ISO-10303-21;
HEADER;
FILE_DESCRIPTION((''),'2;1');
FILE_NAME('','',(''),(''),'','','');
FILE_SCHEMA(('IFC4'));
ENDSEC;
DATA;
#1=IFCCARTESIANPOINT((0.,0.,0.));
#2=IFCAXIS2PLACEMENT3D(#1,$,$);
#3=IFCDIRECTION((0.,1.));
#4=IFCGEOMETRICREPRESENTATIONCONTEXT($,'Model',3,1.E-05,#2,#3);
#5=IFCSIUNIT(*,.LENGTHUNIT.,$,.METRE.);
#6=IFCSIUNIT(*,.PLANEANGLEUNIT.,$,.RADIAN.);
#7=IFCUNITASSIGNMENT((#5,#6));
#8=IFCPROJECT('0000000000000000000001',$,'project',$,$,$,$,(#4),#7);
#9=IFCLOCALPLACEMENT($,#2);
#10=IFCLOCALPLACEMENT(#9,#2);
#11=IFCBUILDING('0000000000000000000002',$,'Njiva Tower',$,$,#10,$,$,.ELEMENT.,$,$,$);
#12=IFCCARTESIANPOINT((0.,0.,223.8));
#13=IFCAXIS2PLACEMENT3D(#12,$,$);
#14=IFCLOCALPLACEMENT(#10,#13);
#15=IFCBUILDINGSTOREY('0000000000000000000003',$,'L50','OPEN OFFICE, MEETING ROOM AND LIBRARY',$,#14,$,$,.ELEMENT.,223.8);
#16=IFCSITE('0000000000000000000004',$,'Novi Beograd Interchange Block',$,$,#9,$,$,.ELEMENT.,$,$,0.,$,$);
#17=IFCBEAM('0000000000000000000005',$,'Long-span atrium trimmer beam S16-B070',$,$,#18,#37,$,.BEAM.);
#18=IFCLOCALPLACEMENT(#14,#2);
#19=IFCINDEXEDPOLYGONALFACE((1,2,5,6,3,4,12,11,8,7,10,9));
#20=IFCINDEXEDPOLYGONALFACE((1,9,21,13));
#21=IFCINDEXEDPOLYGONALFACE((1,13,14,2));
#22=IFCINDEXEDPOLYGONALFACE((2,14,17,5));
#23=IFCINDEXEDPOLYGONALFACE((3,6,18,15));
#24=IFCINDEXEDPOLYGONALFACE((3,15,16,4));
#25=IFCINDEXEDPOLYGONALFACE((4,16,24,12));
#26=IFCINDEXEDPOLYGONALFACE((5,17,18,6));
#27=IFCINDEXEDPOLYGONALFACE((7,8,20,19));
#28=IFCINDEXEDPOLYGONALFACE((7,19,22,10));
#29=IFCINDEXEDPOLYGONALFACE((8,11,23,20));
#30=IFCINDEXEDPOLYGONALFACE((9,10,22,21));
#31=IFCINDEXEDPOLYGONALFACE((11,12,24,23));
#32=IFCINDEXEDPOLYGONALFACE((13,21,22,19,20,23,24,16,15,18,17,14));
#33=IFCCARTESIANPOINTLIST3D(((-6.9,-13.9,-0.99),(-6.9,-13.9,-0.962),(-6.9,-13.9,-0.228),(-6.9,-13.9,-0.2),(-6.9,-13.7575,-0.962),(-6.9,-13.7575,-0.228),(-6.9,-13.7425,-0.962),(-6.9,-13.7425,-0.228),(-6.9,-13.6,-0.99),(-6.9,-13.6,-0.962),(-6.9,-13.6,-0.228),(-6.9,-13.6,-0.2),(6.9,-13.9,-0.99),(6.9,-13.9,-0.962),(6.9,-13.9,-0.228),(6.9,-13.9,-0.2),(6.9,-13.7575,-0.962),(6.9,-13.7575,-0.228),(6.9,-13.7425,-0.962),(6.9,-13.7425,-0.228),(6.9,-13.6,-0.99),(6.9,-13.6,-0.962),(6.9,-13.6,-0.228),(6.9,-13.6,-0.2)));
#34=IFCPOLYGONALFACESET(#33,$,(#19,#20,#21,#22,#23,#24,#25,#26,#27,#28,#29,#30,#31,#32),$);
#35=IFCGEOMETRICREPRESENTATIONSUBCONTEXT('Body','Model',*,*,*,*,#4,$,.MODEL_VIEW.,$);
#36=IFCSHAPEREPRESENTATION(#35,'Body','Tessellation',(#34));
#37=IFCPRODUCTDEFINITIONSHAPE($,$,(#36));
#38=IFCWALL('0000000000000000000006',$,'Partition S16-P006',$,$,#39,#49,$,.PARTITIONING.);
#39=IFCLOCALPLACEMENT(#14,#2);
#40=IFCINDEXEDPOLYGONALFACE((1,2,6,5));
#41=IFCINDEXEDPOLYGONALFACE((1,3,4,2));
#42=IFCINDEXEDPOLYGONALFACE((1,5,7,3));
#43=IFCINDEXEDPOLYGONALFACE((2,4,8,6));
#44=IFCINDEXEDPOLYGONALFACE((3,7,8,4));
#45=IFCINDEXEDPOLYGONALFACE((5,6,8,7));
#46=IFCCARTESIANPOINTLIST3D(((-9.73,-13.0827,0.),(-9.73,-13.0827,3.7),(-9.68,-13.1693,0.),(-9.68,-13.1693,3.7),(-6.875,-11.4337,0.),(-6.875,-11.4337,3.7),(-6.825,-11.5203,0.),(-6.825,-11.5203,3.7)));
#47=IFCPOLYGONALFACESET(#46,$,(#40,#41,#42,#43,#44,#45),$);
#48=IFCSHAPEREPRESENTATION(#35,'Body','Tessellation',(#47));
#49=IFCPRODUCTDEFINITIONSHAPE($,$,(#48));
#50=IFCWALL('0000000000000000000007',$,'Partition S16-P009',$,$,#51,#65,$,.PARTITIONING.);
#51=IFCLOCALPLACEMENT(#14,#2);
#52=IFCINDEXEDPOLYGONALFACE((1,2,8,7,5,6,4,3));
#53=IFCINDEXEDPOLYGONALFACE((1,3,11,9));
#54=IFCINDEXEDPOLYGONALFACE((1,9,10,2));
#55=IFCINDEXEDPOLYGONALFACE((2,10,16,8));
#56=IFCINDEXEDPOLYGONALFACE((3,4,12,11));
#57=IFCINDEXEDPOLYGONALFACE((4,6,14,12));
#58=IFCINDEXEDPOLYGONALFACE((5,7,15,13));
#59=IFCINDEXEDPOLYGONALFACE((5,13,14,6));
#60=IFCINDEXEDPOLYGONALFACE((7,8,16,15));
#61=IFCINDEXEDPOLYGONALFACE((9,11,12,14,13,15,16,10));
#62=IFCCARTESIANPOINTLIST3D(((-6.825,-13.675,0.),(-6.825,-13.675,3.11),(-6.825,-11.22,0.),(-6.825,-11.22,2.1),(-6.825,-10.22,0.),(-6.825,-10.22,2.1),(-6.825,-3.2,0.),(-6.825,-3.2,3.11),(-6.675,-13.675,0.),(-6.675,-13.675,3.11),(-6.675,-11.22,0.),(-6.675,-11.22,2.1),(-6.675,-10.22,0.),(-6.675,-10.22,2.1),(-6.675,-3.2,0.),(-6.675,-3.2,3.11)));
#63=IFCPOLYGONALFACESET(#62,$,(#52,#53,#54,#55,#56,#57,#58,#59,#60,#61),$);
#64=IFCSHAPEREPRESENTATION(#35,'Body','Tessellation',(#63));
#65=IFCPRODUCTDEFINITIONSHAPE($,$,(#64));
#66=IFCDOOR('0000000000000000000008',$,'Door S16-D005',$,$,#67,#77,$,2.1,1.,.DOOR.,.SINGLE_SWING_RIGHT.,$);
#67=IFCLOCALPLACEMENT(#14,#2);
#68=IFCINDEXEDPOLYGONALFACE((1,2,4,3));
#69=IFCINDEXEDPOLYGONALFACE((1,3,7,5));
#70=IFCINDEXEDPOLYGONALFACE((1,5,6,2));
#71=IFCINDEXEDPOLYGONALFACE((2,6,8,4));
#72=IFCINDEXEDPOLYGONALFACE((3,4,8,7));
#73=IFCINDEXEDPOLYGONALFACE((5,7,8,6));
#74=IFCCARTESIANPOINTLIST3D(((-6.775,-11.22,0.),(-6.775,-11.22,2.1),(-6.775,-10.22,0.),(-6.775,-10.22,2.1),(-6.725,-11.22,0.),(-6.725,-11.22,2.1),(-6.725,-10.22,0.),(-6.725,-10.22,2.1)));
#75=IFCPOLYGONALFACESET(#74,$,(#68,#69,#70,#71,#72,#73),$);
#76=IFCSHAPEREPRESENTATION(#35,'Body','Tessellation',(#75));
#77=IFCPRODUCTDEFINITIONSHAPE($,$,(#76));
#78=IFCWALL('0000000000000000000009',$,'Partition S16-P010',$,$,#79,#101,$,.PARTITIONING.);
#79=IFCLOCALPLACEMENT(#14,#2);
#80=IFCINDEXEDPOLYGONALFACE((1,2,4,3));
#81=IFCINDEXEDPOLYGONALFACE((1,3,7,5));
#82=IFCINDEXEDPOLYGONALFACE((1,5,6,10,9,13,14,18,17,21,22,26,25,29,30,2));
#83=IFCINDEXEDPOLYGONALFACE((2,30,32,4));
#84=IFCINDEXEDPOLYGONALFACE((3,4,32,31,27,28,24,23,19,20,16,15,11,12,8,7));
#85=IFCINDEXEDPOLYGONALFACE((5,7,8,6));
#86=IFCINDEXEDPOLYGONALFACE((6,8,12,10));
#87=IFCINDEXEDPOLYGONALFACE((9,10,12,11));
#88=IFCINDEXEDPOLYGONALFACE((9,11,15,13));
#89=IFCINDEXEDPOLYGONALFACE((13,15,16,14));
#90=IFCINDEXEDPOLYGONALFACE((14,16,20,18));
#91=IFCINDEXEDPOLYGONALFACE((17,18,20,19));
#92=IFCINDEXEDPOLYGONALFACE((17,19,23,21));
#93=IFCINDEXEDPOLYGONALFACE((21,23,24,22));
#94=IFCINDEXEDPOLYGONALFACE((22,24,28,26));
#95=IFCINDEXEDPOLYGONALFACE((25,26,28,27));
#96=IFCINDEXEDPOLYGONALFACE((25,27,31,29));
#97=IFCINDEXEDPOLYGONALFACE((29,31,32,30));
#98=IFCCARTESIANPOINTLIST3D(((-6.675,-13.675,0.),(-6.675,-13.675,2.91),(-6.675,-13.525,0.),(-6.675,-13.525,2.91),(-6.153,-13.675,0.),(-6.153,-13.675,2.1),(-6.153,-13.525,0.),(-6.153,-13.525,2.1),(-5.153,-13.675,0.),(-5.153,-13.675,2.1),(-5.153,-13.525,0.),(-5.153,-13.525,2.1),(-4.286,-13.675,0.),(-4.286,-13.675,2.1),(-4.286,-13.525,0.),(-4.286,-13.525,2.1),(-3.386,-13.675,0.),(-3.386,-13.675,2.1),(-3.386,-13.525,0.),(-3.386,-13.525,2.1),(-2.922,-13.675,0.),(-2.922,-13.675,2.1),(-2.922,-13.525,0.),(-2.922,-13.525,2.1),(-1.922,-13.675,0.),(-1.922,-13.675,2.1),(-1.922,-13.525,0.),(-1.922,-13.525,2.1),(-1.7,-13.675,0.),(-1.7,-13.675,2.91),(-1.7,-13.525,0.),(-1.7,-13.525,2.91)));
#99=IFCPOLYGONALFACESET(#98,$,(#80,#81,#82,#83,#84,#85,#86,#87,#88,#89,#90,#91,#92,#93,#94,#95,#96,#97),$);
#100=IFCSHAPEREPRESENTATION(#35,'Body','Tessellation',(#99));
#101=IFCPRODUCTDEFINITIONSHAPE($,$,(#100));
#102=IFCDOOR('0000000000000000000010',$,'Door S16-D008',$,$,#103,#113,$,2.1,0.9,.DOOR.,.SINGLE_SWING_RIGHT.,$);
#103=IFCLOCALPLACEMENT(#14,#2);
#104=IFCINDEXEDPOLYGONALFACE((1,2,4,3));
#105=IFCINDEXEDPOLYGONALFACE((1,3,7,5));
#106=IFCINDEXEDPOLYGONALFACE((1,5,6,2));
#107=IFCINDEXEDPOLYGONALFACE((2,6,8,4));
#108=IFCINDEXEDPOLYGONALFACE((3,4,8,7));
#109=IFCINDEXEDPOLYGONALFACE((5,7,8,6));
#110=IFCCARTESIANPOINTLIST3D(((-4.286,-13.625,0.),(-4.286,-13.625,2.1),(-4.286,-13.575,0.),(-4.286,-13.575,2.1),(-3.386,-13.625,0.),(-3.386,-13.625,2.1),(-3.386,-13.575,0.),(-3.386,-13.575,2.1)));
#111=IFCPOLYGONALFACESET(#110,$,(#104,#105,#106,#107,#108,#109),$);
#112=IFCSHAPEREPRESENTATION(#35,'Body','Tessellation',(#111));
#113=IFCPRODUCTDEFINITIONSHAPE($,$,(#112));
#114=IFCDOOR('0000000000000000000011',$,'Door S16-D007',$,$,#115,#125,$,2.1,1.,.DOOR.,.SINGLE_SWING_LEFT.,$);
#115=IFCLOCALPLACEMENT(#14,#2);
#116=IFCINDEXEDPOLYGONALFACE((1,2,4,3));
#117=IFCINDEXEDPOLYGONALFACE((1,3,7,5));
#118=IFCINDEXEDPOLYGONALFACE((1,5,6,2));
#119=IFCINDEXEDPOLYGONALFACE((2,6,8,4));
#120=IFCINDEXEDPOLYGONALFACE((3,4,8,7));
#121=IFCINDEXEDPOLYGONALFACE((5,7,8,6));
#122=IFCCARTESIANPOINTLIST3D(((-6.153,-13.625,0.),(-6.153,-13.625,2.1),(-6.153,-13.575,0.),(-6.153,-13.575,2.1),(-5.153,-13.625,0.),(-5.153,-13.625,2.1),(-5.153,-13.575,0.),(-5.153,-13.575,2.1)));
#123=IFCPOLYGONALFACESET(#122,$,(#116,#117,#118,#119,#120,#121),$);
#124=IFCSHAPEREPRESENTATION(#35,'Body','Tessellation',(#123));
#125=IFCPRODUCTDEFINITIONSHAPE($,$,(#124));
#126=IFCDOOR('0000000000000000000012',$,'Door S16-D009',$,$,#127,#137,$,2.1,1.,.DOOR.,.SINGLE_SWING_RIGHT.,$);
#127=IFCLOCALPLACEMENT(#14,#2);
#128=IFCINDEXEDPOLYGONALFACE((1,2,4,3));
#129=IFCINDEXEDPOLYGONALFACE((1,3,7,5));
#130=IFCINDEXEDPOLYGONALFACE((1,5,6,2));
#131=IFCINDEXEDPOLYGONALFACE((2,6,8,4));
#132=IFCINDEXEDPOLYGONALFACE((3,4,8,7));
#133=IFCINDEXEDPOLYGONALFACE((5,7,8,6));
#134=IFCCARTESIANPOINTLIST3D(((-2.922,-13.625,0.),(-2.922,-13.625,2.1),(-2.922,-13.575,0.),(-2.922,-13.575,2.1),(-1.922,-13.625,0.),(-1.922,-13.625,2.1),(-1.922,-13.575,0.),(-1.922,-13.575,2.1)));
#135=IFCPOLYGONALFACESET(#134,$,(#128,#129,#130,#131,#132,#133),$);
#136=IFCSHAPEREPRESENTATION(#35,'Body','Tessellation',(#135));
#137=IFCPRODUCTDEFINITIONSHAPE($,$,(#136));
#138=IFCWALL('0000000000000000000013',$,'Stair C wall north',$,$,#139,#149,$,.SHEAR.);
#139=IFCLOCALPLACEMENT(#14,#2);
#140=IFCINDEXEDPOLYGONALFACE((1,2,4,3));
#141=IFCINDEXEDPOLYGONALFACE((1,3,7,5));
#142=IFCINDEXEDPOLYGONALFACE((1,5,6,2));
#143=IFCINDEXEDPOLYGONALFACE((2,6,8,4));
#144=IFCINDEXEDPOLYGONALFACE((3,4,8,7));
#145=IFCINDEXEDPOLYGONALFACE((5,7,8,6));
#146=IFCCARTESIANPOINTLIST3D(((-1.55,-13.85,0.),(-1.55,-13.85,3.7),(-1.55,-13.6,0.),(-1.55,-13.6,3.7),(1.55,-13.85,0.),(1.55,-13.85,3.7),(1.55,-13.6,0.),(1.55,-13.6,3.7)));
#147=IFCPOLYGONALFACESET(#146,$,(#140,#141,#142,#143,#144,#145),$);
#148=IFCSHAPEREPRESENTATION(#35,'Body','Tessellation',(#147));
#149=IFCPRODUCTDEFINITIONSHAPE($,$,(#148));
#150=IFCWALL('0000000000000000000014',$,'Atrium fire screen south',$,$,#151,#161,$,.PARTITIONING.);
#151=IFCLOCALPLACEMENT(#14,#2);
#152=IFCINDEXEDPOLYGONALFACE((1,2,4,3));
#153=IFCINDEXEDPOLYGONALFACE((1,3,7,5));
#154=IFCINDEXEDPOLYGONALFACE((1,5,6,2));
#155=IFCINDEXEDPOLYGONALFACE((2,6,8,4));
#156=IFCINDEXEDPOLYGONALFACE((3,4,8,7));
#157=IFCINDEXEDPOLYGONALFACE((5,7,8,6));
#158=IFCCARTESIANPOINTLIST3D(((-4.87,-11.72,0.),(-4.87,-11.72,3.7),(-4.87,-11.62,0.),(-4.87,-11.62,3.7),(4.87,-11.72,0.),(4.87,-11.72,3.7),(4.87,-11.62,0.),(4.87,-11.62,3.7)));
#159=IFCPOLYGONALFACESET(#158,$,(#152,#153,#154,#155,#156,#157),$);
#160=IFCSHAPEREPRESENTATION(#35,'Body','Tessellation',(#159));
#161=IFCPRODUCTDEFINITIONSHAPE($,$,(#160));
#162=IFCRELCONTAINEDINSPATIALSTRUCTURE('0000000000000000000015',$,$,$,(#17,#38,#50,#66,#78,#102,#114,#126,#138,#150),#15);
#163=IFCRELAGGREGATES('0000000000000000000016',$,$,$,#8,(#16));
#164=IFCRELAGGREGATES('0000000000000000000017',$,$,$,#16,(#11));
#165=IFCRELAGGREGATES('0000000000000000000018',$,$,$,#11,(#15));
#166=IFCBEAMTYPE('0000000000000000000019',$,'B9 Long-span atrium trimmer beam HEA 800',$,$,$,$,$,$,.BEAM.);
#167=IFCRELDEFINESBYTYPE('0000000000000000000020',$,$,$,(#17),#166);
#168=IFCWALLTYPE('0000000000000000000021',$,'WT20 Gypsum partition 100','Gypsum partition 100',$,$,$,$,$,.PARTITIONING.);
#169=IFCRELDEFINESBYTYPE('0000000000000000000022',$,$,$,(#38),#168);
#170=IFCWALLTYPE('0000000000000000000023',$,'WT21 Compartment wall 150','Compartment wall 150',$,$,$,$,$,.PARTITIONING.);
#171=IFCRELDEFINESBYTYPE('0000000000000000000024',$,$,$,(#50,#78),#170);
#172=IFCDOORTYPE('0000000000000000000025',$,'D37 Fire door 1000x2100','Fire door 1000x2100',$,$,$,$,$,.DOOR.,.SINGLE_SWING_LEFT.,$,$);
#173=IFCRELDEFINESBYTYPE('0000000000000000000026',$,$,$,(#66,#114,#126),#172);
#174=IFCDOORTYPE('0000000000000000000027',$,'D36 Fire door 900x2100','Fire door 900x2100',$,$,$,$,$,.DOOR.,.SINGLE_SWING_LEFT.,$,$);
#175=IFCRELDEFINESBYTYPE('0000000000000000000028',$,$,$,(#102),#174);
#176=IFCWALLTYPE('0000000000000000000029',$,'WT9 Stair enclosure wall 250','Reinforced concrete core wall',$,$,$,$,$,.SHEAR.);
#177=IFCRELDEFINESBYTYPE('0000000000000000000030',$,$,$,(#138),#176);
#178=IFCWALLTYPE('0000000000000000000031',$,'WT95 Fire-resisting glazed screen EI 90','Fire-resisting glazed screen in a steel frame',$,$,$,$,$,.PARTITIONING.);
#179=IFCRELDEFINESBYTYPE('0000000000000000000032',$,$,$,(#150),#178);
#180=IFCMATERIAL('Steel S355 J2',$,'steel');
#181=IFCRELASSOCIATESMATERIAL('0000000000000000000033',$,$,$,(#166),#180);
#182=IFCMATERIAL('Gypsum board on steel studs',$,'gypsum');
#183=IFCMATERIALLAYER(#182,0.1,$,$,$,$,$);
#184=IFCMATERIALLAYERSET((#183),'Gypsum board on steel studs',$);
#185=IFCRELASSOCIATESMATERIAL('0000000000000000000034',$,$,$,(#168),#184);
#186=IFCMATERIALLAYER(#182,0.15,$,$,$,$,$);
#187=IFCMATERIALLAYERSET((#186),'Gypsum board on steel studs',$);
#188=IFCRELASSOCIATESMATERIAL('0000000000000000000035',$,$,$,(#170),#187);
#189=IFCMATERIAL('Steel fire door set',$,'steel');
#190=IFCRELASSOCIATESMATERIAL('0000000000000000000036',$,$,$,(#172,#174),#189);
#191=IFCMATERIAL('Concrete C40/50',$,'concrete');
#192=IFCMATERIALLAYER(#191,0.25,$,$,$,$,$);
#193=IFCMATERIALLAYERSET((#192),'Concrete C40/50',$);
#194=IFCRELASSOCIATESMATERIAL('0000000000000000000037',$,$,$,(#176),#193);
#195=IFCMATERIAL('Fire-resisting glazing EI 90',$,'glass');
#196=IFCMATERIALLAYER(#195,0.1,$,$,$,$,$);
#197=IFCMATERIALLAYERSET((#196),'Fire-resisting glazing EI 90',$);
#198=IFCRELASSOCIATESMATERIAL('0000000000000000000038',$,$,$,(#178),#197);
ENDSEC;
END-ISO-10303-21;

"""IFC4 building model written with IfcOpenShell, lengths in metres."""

from ifc_helpers import new_model, si_unit, direction, frame, frame_2d, origin, origin_2d, place, context, subcontext, project, spatial, rectangle, i_section, extrude, material, layer, layer_set, material_profile, profile_set, type_object, element, fill, save


model = new_model("IFC4")

# Units and contexts
model_context = context("Model", 3, precision=1e-05, world=origin(), true_north=direction((0.0, 1.0)))
body_context = subcontext(model_context, "Body", "Model", "MODEL_VIEW")
ifc_project = project(units=[si_unit("LENGTHUNIT", "METRE"), si_unit("PLANEANGLEUNIT", "RADIAN")], contexts=[model_context])

# Site, building, storey
site_placement = place(None, origin())
site = spatial("IfcSite", under=ifc_project, at=site_placement, Name="Novi Beograd Interchange Block", CompositionType="ELEMENT", RefElevation=0.0)
building_placement = place(site_placement, origin())
building = spatial("IfcBuilding", under=site, at=building_placement, Name="Njiva Tower", CompositionType="ELEMENT")
storey_placement = place(building_placement, frame((0.0, 0.0, 223.8)))
storey = spatial("IfcBuildingStorey", under=building, at=storey_placement, Name="L50", Description="OPEN OFFICE, MEETING ROOM AND LIBRARY", CompositionType="ELEMENT", Elevation=223.8)

# Shared definitions
ifc_material_1 = material(Name="Steel S355 J2", Category="steel")

# Beam
ifc_material_profile_1 = material_profile(ifc_material_1, i_section(OverallWidth=0.3, OverallDepth=0.79, WebThickness=0.015, FlangeThickness=0.028, at=origin_2d()), Name="HEA 800")
ifc_profile_set_1 = profile_set([ifc_material_profile_1], Name="Steel S355 J2")
beam_type_1 = type_object("IfcBeamType", Name="B9 Long-span atrium trimmer beam HEA 800", PredefinedType="BEAM", material=ifc_profile_set_1)
beam_1_placement = place(storey_placement, frame((-6.9, -13.75, -0.595), z_axis=(1.0, 0.0, 0.0), x_axis=(0.0, 1.0, 0.0)))
element("IfcBeam", 1, at=beam_1_placement, inside=storey, type_object=beam_type_1, Name="Long-span atrium trimmer beam S16-B070", PredefinedType="BEAM", context=body_context, shape_type="SweptSolid", body=[
    extrude(i_section(OverallWidth=0.3, OverallDepth=0.79, WebThickness=0.015, FlangeThickness=0.028, at=origin_2d()), origin(), (0.0, 0.0, 1.0), 13.8),
])

# Wall
ifc_material_2 = material(Name="Gypsum board on steel studs", Category="gypsum")
ifc_layer_1 = layer(ifc_material_2, 0.1)
ifc_layer_set_1 = layer_set([ifc_layer_1], Name="Gypsum board on steel studs")
wall_type_1 = type_object("IfcWallType", Name="WT20 Gypsum partition 100", Description="Gypsum partition 100", PredefinedType="PARTITIONING", material=ifc_layer_set_1)
wall_1_placement = place(storey_placement, frame((-9.705, -13.126, 0.0), z_axis=(0.0, 0.0, 1.0), x_axis=(0.865938, 0.500151, 0.0)))
element("IfcWall", 2, at=wall_1_placement, inside=storey, type_object=wall_type_1, Name="Partition S16-P006", PredefinedType="PARTITIONING", context=body_context, shape_type="SweptSolid", body=[
    extrude(rectangle(XDim=3.297, YDim=0.1, at=frame_2d((1.6485, 0.0))), origin(), (0.0, 0.0, 1.0), 3.7),
])

# Wall, opening, door
ifc_layer_2 = layer(ifc_material_2, 0.15)
ifc_layer_set_2 = layer_set([ifc_layer_2], Name="Gypsum board on steel studs")
wall_type_2 = type_object("IfcWallType", Name="WT21 Compartment wall 150", Description="Compartment wall 150", PredefinedType="PARTITIONING", material=ifc_layer_set_2)
wall_2_placement = place(storey_placement, frame((-6.75, -13.675, 0.0), z_axis=(0.0, 0.0, 1.0), x_axis=(0.0, 1.0, 0.0)))
wall_2 = element("IfcWall", 3, at=wall_2_placement, inside=storey, type_object=wall_type_2, Name="Partition S16-P009", PredefinedType="PARTITIONING", context=body_context, shape_type="SweptSolid", body=[
    extrude(rectangle(XDim=10.475, YDim=0.15, at=frame_2d((5.2375, 0.0))), origin(), (0.0, 0.0, 1.0), 3.11),
])
opening_1_placement = place(wall_2_placement, frame((2.455, 0.0, 0.0)))
opening_1 = element("IfcOpeningElement", 4, at=opening_1_placement, cuts=wall_2, PredefinedType="OPENING", context=body_context, shape_type="SweptSolid", body=[
    extrude(rectangle(XDim=1.0, YDim=2.1, at=frame_2d((0.5, 1.05))), frame((0.0, 0.085, 0.0), z_axis=(0.0, -1.0, 0.0), x_axis=(1.0, 0.0, 0.0)), (0.0, 0.0, 1.0), 0.17),
])
ifc_material_3 = material(Name="Steel fire door set", Category="steel")
door_type_1 = type_object("IfcDoorType", Name="D37 Fire door 1000x2100", Description="Fire door 1000x2100", OperationType="SINGLE_SWING_LEFT", PredefinedType="DOOR", material=ifc_material_3)
door_1_placement = place(opening_1_placement, origin())
door_1 = element("IfcDoor", 5, at=door_1_placement, inside=storey, type_object=door_type_1, Name="Door S16-D005", OperationType="SINGLE_SWING_RIGHT", OverallHeight=2.1, OverallWidth=1.0, PredefinedType="DOOR", context=body_context, shape_type="SweptSolid", body=[
    extrude(rectangle(XDim=1.0, YDim=2.1, at=frame_2d((0.5, 1.05))), frame((0.0, 0.025, 0.0), z_axis=(0.0, -1.0, 0.0), x_axis=(1.0, 0.0, 0.0)), (0.0, 0.0, 1.0), 0.05),
])
fill(opening_1, door_1)

# Wall, openings, doors
wall_3_placement = place(storey_placement, frame((-6.675, -13.6, 0.0), z_axis=(0.0, 0.0, 1.0), x_axis=(1.0, 0.0, 0.0)))
wall_3 = element("IfcWall", 6, at=wall_3_placement, inside=storey, type_object=wall_type_2, Name="Partition S16-P010", PredefinedType="PARTITIONING", context=body_context, shape_type="SweptSolid", body=[
    extrude(rectangle(XDim=4.975, YDim=0.15, at=frame_2d((2.4875, 0.0))), origin(), (0.0, 0.0, 1.0), 2.91),
])
opening_2_placement = place(wall_3_placement, frame((0.522, 0.0, 0.0)))
opening_2 = element("IfcOpeningElement", 7, at=opening_2_placement, cuts=wall_3, PredefinedType="OPENING", context=body_context, shape_type="SweptSolid", body=[
    extrude(rectangle(XDim=1.0, YDim=2.1, at=frame_2d((0.5, 1.05))), frame((0.0, 0.085, 0.0), z_axis=(0.0, -1.0, 0.0), x_axis=(1.0, 0.0, 0.0)), (0.0, 0.0, 1.0), 0.17),
])
opening_3_placement = place(wall_3_placement, frame((2.389, 0.0, 0.0)))
opening_3 = element("IfcOpeningElement", 8, at=opening_3_placement, cuts=wall_3, PredefinedType="OPENING", context=body_context, shape_type="SweptSolid", body=[
    extrude(rectangle(XDim=0.9, YDim=2.1, at=frame_2d((0.45, 1.05))), frame((0.0, 0.085, 0.0), z_axis=(0.0, -1.0, 0.0), x_axis=(1.0, 0.0, 0.0)), (0.0, 0.0, 1.0), 0.17),
])
opening_4_placement = place(wall_3_placement, frame((3.753, 0.0, 0.0)))
opening_4 = element("IfcOpeningElement", 9, at=opening_4_placement, cuts=wall_3, PredefinedType="OPENING", context=body_context, shape_type="SweptSolid", body=[
    extrude(rectangle(XDim=1.0, YDim=2.1, at=frame_2d((0.5, 1.05))), frame((0.0, 0.085, 0.0), z_axis=(0.0, -1.0, 0.0), x_axis=(1.0, 0.0, 0.0)), (0.0, 0.0, 1.0), 0.17),
])
door_type_2 = type_object("IfcDoorType", Name="D36 Fire door 900x2100", Description="Fire door 900x2100", OperationType="SINGLE_SWING_LEFT", PredefinedType="DOOR", material=ifc_material_3)
door_2_placement = place(opening_3_placement, origin())
door_2 = element("IfcDoor", 10, at=door_2_placement, inside=storey, type_object=door_type_2, Name="Door S16-D008", OperationType="SINGLE_SWING_RIGHT", OverallHeight=2.1, OverallWidth=0.9, PredefinedType="DOOR", context=body_context, shape_type="SweptSolid", body=[
    extrude(rectangle(XDim=0.9, YDim=2.1, at=frame_2d((0.45, 1.05))), frame((0.0, 0.025, 0.0), z_axis=(0.0, -1.0, 0.0), x_axis=(1.0, 0.0, 0.0)), (0.0, 0.0, 1.0), 0.05),
])
fill(opening_3, door_2)
door_3_placement = place(opening_2_placement, origin())
door_3 = element("IfcDoor", 11, at=door_3_placement, inside=storey, type_object=door_type_1, Name="Door S16-D007", OperationType="SINGLE_SWING_LEFT", OverallHeight=2.1, OverallWidth=1.0, PredefinedType="DOOR", context=body_context, shape_type="SweptSolid", body=[
    extrude(rectangle(XDim=1.0, YDim=2.1, at=frame_2d((0.5, 1.05))), frame((0.0, 0.025, 0.0), z_axis=(0.0, -1.0, 0.0), x_axis=(1.0, 0.0, 0.0)), (0.0, 0.0, 1.0), 0.05),
])
fill(opening_2, door_3)
door_4_placement = place(opening_4_placement, origin())
door_4 = element("IfcDoor", 12, at=door_4_placement, inside=storey, type_object=door_type_1, Name="Door S16-D009", OperationType="SINGLE_SWING_RIGHT", OverallHeight=2.1, OverallWidth=1.0, PredefinedType="DOOR", context=body_context, shape_type="SweptSolid", body=[
    extrude(rectangle(XDim=1.0, YDim=2.1, at=frame_2d((0.5, 1.05))), frame((0.0, 0.025, 0.0), z_axis=(0.0, -1.0, 0.0), x_axis=(1.0, 0.0, 0.0)), (0.0, 0.0, 1.0), 0.05),
])
fill(opening_4, door_4)

# Walls
ifc_material_4 = material(Name="Concrete C40/50", Category="concrete")
ifc_layer_3 = layer(ifc_material_4, 0.25)
ifc_layer_set_3 = layer_set([ifc_layer_3], Name="Concrete C40/50")
wall_type_3 = type_object("IfcWallType", Name="WT9 Stair enclosure wall 250", Description="Reinforced concrete core wall", PredefinedType="SHEAR", material=ifc_layer_set_3)
wall_4_placement = place(storey_placement, frame((-1.55, -13.725, 0.0), z_axis=(0.0, 0.0, 1.0), x_axis=(1.0, 0.0, 0.0)))
element("IfcWall", 13, at=wall_4_placement, inside=storey, type_object=wall_type_3, Name="Stair C wall north", PredefinedType="SHEAR", context=body_context, shape_type="SweptSolid", body=[
    extrude(rectangle(XDim=3.1, YDim=0.25, at=frame_2d((1.55, 0.0))), origin(), (0.0, 0.0, 1.0), 3.7),
])
ifc_material_5 = material(Name="Fire-resisting glazing EI 90", Category="glass")
ifc_layer_4 = layer(ifc_material_5, 0.1)
ifc_layer_set_4 = layer_set([ifc_layer_4], Name="Fire-resisting glazing EI 90")
wall_type_4 = type_object("IfcWallType", Name="WT95 Fire-resisting glazed screen EI 90", Description="Fire-resisting glazed screen in a steel frame", PredefinedType="PARTITIONING", material=ifc_layer_set_4)
wall_5_placement = place(storey_placement, frame((-4.87, -11.67, 0.0), z_axis=(0.0, 0.0, 1.0), x_axis=(1.0, 0.0, 0.0)))
element("IfcWall", 14, at=wall_5_placement, inside=storey, type_object=wall_type_4, Name="Atrium fire screen south", PredefinedType="PARTITIONING", context=body_context, shape_type="SweptSolid", body=[
    extrude(rectangle(XDim=9.74, YDim=0.1, at=frame_2d((4.87, 0.0))), origin(), (0.0, 0.0, 1.0), 3.7),
])

save(model, "model.ifc")
